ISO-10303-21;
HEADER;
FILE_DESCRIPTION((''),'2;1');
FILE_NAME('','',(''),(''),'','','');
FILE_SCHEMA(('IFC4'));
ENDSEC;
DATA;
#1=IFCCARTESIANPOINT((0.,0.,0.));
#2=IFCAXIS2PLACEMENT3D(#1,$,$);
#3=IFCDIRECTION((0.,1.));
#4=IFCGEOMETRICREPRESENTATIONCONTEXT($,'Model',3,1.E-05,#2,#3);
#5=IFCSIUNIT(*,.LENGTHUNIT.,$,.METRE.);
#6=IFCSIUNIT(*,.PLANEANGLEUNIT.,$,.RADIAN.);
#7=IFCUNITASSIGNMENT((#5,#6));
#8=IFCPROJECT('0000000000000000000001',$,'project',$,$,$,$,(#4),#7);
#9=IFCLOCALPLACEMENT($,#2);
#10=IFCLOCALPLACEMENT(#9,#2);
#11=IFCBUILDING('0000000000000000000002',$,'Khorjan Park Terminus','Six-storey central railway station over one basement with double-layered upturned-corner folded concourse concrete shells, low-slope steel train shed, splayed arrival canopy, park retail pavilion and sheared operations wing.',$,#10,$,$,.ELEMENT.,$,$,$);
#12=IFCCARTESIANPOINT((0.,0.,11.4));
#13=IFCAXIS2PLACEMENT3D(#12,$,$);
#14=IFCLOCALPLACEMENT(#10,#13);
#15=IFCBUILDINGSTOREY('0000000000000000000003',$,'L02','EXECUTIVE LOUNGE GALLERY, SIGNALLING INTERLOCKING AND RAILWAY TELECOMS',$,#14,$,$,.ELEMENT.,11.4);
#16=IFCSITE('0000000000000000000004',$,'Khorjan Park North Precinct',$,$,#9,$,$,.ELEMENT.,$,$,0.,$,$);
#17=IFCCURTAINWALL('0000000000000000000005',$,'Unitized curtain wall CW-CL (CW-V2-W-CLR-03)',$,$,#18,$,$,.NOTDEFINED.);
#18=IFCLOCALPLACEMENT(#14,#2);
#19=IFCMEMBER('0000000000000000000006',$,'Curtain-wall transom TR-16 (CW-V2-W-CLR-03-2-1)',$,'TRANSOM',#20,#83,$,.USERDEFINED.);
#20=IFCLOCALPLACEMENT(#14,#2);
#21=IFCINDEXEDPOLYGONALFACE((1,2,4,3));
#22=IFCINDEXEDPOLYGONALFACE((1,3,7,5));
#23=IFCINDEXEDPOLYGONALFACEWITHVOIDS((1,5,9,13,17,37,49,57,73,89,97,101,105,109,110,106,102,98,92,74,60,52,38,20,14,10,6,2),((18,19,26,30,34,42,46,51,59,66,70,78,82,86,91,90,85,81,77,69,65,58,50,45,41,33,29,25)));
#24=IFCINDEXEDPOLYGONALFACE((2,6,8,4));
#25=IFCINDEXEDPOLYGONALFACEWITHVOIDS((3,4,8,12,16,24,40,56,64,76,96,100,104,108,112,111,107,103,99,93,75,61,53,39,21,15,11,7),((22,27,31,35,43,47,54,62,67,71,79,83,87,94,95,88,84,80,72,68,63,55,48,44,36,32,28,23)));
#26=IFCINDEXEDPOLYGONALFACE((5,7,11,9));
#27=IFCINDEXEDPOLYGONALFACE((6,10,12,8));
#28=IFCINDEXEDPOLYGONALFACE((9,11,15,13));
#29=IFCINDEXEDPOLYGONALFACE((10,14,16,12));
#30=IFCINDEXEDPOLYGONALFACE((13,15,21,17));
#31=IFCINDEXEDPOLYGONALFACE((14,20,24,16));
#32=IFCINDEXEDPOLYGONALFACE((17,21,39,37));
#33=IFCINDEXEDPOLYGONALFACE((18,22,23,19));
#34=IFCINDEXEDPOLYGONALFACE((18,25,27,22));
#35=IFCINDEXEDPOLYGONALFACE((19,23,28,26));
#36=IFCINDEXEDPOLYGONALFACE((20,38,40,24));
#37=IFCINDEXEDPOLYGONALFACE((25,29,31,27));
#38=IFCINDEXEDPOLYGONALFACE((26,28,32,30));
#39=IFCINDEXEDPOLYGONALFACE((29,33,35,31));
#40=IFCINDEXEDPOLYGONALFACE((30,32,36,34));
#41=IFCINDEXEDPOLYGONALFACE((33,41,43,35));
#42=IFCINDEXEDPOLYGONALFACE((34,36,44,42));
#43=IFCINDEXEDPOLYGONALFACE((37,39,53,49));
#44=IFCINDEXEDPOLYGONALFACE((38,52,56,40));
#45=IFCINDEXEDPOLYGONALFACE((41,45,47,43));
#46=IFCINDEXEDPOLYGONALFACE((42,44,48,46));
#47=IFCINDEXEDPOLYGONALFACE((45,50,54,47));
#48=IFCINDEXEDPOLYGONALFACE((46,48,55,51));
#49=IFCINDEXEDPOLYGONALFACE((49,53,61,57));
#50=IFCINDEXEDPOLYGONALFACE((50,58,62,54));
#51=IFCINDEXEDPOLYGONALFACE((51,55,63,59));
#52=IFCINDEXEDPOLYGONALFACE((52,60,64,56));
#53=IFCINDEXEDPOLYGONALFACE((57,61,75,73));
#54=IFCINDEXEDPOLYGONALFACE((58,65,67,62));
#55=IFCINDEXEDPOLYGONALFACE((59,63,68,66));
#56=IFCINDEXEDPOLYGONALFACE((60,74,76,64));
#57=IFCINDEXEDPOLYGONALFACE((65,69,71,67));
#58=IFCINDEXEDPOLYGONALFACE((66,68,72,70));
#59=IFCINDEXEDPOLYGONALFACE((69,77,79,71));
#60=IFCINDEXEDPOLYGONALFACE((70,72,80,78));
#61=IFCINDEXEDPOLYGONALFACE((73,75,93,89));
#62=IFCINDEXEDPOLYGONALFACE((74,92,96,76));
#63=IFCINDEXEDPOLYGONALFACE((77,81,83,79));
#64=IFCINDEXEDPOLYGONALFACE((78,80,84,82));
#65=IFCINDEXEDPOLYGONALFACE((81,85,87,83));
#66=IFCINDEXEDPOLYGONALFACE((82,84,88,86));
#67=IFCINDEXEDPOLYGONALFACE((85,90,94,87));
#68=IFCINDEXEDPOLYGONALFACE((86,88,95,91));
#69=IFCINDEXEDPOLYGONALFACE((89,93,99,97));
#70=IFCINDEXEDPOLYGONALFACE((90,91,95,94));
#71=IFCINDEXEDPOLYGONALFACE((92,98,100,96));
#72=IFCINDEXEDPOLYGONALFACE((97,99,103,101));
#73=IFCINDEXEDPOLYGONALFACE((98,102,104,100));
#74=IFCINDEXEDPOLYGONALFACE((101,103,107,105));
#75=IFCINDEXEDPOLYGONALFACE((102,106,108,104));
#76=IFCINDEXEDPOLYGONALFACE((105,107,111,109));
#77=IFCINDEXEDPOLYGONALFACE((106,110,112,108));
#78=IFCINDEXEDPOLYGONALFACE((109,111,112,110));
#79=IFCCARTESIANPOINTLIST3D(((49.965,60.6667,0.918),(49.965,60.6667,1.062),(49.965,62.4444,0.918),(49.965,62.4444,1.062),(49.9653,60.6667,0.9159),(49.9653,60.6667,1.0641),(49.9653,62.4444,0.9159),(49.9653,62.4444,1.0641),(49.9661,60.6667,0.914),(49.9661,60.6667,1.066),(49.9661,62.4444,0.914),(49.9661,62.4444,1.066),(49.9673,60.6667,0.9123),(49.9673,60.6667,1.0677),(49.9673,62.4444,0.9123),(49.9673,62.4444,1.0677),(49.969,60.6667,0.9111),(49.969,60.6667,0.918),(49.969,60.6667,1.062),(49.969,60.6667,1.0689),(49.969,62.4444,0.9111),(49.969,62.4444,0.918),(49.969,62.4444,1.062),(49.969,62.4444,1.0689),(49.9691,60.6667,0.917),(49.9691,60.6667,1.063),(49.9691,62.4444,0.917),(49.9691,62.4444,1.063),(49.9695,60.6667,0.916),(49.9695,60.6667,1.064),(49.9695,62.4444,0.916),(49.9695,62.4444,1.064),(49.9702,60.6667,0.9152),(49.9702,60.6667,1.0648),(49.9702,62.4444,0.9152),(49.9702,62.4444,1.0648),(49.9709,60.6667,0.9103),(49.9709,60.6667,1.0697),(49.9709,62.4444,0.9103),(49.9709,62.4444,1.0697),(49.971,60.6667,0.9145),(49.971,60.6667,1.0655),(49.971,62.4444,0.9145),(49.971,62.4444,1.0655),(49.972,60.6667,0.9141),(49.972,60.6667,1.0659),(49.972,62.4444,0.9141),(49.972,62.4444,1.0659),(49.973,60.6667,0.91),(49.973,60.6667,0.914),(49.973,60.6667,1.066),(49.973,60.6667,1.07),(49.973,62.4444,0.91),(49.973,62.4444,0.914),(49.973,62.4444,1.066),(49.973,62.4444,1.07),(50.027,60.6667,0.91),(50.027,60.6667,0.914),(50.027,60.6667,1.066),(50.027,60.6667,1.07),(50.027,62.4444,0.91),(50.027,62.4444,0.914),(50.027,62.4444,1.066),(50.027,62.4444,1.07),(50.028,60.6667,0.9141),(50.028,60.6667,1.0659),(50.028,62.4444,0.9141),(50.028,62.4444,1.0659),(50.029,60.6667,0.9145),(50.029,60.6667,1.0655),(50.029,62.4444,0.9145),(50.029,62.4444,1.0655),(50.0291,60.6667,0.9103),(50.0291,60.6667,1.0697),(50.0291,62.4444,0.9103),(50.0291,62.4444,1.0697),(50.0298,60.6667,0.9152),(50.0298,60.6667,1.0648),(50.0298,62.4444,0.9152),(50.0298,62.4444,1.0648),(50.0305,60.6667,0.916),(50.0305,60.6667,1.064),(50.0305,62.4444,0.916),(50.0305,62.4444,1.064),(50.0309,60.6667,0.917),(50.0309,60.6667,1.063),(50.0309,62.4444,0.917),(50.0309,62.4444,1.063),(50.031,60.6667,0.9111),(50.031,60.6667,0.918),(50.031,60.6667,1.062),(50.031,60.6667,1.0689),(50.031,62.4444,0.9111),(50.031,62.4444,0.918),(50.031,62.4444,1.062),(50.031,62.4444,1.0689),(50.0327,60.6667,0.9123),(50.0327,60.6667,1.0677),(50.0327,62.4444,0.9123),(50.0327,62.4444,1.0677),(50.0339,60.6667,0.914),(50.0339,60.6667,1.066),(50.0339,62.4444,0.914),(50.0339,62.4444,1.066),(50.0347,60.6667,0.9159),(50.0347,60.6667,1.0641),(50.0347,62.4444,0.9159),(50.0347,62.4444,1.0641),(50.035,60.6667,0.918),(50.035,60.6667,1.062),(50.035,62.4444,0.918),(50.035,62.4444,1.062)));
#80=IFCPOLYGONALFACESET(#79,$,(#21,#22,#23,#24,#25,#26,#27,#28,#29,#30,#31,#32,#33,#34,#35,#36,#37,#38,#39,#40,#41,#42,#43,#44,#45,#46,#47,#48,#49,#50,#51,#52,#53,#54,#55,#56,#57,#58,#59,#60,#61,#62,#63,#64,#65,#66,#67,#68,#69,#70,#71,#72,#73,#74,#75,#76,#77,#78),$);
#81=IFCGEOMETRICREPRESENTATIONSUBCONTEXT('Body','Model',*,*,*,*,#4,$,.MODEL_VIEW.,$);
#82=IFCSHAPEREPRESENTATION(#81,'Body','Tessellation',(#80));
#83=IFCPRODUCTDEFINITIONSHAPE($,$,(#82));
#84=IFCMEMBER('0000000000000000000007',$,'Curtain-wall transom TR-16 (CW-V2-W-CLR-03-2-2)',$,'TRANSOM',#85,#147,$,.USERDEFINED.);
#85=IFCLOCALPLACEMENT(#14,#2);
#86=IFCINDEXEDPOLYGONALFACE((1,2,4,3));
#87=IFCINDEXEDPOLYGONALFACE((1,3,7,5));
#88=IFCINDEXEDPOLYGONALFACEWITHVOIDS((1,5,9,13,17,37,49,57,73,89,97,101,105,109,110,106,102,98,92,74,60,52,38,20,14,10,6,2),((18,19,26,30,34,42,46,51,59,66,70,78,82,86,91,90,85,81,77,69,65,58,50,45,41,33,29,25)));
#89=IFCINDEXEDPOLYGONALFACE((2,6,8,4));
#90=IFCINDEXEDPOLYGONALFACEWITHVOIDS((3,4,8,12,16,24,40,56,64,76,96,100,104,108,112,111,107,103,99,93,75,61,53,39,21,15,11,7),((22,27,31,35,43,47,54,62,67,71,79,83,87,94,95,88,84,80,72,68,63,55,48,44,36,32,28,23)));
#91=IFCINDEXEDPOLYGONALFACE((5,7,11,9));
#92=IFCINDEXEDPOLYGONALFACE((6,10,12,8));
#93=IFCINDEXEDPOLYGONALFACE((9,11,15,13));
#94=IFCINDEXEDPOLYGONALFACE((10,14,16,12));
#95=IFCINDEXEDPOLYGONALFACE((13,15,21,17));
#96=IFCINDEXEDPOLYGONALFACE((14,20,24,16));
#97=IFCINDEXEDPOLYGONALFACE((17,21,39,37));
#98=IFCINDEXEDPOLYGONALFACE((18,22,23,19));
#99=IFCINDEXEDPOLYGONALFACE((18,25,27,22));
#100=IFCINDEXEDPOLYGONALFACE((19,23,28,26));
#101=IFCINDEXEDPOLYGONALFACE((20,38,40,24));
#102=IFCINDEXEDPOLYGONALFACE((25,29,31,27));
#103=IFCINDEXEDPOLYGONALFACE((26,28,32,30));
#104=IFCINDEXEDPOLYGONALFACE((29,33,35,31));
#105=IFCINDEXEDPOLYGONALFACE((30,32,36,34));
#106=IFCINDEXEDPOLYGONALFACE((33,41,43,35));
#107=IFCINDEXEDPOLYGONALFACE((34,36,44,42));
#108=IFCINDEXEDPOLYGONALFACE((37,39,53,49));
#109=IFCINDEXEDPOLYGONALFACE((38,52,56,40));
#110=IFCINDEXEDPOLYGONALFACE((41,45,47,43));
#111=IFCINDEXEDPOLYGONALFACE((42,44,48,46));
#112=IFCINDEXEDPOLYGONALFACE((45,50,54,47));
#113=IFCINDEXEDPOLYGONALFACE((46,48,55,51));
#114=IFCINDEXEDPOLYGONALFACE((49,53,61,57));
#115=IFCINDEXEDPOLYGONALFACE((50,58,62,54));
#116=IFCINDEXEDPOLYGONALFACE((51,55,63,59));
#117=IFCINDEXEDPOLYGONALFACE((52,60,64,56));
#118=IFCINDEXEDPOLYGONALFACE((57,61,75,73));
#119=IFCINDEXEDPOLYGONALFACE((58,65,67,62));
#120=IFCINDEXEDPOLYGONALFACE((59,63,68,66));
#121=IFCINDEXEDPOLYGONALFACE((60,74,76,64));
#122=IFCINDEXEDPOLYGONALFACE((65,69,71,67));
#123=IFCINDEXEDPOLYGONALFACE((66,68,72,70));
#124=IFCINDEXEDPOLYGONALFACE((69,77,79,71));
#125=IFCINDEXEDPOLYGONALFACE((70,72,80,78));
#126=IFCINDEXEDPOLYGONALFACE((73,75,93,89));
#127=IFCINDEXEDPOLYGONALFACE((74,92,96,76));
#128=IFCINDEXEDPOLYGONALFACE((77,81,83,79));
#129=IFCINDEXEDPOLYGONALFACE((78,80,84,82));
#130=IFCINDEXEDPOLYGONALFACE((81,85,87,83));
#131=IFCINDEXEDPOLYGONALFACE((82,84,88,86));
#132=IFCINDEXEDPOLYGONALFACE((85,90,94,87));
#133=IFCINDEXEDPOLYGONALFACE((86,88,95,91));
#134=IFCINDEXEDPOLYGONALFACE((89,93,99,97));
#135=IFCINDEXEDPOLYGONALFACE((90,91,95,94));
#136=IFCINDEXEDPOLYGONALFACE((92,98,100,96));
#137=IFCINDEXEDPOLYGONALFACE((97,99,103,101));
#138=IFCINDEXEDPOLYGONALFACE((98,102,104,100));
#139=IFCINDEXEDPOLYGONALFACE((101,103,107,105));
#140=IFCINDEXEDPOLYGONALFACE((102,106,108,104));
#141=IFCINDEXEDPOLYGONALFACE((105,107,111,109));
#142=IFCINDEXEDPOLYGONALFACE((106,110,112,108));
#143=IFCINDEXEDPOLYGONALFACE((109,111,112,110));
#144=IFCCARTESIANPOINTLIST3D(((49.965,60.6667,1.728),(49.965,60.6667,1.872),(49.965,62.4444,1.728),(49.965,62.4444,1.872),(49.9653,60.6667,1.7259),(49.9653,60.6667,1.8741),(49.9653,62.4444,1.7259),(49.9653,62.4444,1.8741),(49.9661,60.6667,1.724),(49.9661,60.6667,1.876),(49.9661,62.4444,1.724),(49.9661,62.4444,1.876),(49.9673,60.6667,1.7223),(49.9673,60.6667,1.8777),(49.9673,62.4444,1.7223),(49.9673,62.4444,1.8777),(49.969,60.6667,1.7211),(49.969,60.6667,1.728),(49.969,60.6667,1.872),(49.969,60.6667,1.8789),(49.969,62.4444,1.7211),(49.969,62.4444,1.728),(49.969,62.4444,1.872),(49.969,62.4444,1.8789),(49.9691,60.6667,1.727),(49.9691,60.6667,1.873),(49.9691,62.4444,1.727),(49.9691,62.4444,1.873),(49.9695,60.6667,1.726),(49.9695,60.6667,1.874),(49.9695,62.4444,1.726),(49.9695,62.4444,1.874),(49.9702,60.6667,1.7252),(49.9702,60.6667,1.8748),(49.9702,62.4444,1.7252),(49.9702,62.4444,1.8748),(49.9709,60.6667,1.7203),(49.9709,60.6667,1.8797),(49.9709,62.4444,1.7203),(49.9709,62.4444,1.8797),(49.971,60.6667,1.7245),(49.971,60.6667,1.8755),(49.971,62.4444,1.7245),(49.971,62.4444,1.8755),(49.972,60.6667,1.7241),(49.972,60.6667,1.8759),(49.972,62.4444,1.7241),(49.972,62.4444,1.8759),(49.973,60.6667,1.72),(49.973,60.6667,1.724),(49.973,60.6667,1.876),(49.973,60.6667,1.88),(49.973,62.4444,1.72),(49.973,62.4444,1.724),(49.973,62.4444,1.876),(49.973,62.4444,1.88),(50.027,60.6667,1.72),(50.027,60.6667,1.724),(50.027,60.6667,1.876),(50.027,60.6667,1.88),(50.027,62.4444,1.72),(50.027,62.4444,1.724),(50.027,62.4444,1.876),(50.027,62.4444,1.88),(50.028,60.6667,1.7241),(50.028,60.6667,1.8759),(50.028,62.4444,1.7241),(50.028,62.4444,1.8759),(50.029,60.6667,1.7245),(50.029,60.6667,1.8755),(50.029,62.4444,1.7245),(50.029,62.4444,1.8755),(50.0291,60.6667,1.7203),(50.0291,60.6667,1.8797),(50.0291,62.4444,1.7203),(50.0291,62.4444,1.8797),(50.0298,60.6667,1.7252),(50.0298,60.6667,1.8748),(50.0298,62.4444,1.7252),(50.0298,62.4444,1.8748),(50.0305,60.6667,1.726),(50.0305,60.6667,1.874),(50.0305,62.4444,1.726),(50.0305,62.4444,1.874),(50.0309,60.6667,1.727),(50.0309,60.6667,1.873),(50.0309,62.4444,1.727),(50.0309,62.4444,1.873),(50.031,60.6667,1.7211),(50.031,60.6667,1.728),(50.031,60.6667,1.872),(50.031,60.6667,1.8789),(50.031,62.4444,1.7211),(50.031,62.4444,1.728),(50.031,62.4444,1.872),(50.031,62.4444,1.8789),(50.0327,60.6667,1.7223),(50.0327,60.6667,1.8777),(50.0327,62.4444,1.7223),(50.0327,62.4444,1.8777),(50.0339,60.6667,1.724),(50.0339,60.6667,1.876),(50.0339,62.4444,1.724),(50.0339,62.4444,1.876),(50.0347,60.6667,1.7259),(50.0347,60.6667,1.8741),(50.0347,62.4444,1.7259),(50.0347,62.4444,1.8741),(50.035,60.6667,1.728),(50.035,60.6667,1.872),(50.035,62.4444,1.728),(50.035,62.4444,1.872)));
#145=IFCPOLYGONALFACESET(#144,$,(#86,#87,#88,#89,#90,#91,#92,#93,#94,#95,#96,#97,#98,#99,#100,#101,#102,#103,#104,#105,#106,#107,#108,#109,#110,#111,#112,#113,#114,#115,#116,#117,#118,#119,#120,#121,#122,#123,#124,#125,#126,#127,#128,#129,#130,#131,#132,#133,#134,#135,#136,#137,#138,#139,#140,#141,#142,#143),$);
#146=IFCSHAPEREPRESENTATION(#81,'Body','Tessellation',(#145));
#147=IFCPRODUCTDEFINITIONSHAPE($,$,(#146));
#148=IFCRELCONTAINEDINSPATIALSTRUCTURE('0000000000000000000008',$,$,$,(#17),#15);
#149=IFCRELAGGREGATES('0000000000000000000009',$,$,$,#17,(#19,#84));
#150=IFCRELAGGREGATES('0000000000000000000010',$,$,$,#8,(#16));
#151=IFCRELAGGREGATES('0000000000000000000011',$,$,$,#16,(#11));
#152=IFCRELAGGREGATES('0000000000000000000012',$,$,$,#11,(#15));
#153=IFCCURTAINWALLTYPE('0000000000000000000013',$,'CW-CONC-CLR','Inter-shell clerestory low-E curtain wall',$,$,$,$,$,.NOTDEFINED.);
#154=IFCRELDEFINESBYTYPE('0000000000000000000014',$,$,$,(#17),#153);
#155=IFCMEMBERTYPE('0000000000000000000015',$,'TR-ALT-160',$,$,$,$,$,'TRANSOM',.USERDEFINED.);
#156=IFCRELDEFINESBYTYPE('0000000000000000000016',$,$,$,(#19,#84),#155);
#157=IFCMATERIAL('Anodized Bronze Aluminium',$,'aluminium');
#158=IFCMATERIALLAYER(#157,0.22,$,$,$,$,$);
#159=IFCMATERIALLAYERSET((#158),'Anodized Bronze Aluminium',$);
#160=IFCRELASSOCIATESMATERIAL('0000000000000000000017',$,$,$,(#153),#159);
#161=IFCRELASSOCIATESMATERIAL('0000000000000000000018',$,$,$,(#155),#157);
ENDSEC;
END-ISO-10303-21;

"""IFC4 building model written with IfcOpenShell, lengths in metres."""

from ifc_helpers import new_model, si_unit, direction, frame, origin, origin_2d, place, context, subcontext, project, spatial, hollow_rectangle, extrude, material, layer, layer_set, material_profile, profile_set, type_object, element, aggregate, save


model = new_model("IFC4")

# Units and contexts
model_context = context("Model", 3, precision=1e-05, world=origin(), true_north=direction((0.0, 1.0)))
body_context = subcontext(model_context, "Body", "Model", "MODEL_VIEW")
ifc_project = project(units=[si_unit("LENGTHUNIT", "METRE"), si_unit("PLANEANGLEUNIT", "RADIAN")], contexts=[model_context])

# Site, building, storey
site_placement = place(None, origin())
site = spatial("IfcSite", under=ifc_project, at=site_placement, Name="Khorjan Park North Precinct", CompositionType="ELEMENT", RefElevation=0.0)
building_placement = place(site_placement, origin())
building = spatial("IfcBuilding", under=site, at=building_placement, Name="Khorjan Park Terminus", Description="Six-storey central railway station over one basement with double-layered upturned-corner folded concourse concrete shells, low-slope steel train shed, splayed arrival canopy, park retail pavilion and sheared operations wing.", CompositionType="ELEMENT")
storey_placement = place(building_placement, frame((0.0, 0.0, 11.4)))
storey = spatial("IfcBuildingStorey", under=building, at=storey_placement, Name="L02", Description="EXECUTIVE LOUNGE GALLERY, SIGNALLING INTERLOCKING AND RAILWAY TELECOMS", CompositionType="ELEMENT", Elevation=11.4)

# Curtain wall, members
ifc_material_1 = material(Name="Anodized Bronze Aluminium", Category="aluminium")
ifc_layer_1 = layer(ifc_material_1, 0.22)
ifc_layer_set_1 = layer_set([ifc_layer_1], Name="Anodized Bronze Aluminium")
curtain_wall_type = type_object("IfcCurtainWallType", Name="CW-CONC-CLR", Description="Inter-shell clerestory low-E curtain wall", PredefinedType="NOTDEFINED", material=ifc_layer_set_1)
curtain_wall_placement = place(storey_placement, origin())
curtain_wall = element("IfcCurtainWall", 1, at=curtain_wall_placement, inside=storey, type_object=curtain_wall_type, Name="Unitized curtain wall CW-CL (CW-V2-W-CLR-03)", PredefinedType="NOTDEFINED")
ifc_material_profile_1 = material_profile(ifc_material_1, hollow_rectangle(XDim=0.07, YDim=0.16, WallThickness=0.004, InnerFilletRadius=0.004, OuterFilletRadius=0.008, at=origin_2d()), Name="ALT 70x160x4")
ifc_profile_set_1 = profile_set([ifc_material_profile_1], Name="Anodized Bronze Aluminium")
member_type_1 = type_object("IfcMemberType", Name="TR-ALT-160", ElementType="TRANSOM", PredefinedType="USERDEFINED", material=ifc_profile_set_1)
member_1_placement = place(storey_placement, frame((50.0, 62.4444, 0.99), z_axis=(0.0, -1.0, 0.0), x_axis=(1.0, 0.0, 0.0)))
member_1 = element("IfcMember", 2, at=member_1_placement, type_object=member_type_1, Name="Curtain-wall transom TR-16 (CW-V2-W-CLR-03-2-1)", ObjectType="TRANSOM", PredefinedType="USERDEFINED", context=body_context, shape_type="SweptSolid", body=[
    extrude(hollow_rectangle(XDim=0.07, YDim=0.16, WallThickness=0.004, InnerFilletRadius=0.004, OuterFilletRadius=0.008, at=origin_2d()), origin(), (0.0, 0.0, 1.0), 1.7777),
])
member_2_placement = place(storey_placement, frame((50.0, 62.4444, 1.8), z_axis=(0.0, -1.0, 0.0), x_axis=(1.0, 0.0, 0.0)))
member_2 = element("IfcMember", 3, at=member_2_placement, type_object=member_type_1, Name="Curtain-wall transom TR-16 (CW-V2-W-CLR-03-2-2)", ObjectType="TRANSOM", PredefinedType="USERDEFINED", context=body_context, shape_type="SweptSolid", body=[
    extrude(hollow_rectangle(XDim=0.07, YDim=0.16, WallThickness=0.004, InnerFilletRadius=0.004, OuterFilletRadius=0.008, at=origin_2d()), origin(), (0.0, 0.0, 1.0), 1.7777),
])
aggregate(curtain_wall, [member_1, member_2])

save(model, "model.ifc")
